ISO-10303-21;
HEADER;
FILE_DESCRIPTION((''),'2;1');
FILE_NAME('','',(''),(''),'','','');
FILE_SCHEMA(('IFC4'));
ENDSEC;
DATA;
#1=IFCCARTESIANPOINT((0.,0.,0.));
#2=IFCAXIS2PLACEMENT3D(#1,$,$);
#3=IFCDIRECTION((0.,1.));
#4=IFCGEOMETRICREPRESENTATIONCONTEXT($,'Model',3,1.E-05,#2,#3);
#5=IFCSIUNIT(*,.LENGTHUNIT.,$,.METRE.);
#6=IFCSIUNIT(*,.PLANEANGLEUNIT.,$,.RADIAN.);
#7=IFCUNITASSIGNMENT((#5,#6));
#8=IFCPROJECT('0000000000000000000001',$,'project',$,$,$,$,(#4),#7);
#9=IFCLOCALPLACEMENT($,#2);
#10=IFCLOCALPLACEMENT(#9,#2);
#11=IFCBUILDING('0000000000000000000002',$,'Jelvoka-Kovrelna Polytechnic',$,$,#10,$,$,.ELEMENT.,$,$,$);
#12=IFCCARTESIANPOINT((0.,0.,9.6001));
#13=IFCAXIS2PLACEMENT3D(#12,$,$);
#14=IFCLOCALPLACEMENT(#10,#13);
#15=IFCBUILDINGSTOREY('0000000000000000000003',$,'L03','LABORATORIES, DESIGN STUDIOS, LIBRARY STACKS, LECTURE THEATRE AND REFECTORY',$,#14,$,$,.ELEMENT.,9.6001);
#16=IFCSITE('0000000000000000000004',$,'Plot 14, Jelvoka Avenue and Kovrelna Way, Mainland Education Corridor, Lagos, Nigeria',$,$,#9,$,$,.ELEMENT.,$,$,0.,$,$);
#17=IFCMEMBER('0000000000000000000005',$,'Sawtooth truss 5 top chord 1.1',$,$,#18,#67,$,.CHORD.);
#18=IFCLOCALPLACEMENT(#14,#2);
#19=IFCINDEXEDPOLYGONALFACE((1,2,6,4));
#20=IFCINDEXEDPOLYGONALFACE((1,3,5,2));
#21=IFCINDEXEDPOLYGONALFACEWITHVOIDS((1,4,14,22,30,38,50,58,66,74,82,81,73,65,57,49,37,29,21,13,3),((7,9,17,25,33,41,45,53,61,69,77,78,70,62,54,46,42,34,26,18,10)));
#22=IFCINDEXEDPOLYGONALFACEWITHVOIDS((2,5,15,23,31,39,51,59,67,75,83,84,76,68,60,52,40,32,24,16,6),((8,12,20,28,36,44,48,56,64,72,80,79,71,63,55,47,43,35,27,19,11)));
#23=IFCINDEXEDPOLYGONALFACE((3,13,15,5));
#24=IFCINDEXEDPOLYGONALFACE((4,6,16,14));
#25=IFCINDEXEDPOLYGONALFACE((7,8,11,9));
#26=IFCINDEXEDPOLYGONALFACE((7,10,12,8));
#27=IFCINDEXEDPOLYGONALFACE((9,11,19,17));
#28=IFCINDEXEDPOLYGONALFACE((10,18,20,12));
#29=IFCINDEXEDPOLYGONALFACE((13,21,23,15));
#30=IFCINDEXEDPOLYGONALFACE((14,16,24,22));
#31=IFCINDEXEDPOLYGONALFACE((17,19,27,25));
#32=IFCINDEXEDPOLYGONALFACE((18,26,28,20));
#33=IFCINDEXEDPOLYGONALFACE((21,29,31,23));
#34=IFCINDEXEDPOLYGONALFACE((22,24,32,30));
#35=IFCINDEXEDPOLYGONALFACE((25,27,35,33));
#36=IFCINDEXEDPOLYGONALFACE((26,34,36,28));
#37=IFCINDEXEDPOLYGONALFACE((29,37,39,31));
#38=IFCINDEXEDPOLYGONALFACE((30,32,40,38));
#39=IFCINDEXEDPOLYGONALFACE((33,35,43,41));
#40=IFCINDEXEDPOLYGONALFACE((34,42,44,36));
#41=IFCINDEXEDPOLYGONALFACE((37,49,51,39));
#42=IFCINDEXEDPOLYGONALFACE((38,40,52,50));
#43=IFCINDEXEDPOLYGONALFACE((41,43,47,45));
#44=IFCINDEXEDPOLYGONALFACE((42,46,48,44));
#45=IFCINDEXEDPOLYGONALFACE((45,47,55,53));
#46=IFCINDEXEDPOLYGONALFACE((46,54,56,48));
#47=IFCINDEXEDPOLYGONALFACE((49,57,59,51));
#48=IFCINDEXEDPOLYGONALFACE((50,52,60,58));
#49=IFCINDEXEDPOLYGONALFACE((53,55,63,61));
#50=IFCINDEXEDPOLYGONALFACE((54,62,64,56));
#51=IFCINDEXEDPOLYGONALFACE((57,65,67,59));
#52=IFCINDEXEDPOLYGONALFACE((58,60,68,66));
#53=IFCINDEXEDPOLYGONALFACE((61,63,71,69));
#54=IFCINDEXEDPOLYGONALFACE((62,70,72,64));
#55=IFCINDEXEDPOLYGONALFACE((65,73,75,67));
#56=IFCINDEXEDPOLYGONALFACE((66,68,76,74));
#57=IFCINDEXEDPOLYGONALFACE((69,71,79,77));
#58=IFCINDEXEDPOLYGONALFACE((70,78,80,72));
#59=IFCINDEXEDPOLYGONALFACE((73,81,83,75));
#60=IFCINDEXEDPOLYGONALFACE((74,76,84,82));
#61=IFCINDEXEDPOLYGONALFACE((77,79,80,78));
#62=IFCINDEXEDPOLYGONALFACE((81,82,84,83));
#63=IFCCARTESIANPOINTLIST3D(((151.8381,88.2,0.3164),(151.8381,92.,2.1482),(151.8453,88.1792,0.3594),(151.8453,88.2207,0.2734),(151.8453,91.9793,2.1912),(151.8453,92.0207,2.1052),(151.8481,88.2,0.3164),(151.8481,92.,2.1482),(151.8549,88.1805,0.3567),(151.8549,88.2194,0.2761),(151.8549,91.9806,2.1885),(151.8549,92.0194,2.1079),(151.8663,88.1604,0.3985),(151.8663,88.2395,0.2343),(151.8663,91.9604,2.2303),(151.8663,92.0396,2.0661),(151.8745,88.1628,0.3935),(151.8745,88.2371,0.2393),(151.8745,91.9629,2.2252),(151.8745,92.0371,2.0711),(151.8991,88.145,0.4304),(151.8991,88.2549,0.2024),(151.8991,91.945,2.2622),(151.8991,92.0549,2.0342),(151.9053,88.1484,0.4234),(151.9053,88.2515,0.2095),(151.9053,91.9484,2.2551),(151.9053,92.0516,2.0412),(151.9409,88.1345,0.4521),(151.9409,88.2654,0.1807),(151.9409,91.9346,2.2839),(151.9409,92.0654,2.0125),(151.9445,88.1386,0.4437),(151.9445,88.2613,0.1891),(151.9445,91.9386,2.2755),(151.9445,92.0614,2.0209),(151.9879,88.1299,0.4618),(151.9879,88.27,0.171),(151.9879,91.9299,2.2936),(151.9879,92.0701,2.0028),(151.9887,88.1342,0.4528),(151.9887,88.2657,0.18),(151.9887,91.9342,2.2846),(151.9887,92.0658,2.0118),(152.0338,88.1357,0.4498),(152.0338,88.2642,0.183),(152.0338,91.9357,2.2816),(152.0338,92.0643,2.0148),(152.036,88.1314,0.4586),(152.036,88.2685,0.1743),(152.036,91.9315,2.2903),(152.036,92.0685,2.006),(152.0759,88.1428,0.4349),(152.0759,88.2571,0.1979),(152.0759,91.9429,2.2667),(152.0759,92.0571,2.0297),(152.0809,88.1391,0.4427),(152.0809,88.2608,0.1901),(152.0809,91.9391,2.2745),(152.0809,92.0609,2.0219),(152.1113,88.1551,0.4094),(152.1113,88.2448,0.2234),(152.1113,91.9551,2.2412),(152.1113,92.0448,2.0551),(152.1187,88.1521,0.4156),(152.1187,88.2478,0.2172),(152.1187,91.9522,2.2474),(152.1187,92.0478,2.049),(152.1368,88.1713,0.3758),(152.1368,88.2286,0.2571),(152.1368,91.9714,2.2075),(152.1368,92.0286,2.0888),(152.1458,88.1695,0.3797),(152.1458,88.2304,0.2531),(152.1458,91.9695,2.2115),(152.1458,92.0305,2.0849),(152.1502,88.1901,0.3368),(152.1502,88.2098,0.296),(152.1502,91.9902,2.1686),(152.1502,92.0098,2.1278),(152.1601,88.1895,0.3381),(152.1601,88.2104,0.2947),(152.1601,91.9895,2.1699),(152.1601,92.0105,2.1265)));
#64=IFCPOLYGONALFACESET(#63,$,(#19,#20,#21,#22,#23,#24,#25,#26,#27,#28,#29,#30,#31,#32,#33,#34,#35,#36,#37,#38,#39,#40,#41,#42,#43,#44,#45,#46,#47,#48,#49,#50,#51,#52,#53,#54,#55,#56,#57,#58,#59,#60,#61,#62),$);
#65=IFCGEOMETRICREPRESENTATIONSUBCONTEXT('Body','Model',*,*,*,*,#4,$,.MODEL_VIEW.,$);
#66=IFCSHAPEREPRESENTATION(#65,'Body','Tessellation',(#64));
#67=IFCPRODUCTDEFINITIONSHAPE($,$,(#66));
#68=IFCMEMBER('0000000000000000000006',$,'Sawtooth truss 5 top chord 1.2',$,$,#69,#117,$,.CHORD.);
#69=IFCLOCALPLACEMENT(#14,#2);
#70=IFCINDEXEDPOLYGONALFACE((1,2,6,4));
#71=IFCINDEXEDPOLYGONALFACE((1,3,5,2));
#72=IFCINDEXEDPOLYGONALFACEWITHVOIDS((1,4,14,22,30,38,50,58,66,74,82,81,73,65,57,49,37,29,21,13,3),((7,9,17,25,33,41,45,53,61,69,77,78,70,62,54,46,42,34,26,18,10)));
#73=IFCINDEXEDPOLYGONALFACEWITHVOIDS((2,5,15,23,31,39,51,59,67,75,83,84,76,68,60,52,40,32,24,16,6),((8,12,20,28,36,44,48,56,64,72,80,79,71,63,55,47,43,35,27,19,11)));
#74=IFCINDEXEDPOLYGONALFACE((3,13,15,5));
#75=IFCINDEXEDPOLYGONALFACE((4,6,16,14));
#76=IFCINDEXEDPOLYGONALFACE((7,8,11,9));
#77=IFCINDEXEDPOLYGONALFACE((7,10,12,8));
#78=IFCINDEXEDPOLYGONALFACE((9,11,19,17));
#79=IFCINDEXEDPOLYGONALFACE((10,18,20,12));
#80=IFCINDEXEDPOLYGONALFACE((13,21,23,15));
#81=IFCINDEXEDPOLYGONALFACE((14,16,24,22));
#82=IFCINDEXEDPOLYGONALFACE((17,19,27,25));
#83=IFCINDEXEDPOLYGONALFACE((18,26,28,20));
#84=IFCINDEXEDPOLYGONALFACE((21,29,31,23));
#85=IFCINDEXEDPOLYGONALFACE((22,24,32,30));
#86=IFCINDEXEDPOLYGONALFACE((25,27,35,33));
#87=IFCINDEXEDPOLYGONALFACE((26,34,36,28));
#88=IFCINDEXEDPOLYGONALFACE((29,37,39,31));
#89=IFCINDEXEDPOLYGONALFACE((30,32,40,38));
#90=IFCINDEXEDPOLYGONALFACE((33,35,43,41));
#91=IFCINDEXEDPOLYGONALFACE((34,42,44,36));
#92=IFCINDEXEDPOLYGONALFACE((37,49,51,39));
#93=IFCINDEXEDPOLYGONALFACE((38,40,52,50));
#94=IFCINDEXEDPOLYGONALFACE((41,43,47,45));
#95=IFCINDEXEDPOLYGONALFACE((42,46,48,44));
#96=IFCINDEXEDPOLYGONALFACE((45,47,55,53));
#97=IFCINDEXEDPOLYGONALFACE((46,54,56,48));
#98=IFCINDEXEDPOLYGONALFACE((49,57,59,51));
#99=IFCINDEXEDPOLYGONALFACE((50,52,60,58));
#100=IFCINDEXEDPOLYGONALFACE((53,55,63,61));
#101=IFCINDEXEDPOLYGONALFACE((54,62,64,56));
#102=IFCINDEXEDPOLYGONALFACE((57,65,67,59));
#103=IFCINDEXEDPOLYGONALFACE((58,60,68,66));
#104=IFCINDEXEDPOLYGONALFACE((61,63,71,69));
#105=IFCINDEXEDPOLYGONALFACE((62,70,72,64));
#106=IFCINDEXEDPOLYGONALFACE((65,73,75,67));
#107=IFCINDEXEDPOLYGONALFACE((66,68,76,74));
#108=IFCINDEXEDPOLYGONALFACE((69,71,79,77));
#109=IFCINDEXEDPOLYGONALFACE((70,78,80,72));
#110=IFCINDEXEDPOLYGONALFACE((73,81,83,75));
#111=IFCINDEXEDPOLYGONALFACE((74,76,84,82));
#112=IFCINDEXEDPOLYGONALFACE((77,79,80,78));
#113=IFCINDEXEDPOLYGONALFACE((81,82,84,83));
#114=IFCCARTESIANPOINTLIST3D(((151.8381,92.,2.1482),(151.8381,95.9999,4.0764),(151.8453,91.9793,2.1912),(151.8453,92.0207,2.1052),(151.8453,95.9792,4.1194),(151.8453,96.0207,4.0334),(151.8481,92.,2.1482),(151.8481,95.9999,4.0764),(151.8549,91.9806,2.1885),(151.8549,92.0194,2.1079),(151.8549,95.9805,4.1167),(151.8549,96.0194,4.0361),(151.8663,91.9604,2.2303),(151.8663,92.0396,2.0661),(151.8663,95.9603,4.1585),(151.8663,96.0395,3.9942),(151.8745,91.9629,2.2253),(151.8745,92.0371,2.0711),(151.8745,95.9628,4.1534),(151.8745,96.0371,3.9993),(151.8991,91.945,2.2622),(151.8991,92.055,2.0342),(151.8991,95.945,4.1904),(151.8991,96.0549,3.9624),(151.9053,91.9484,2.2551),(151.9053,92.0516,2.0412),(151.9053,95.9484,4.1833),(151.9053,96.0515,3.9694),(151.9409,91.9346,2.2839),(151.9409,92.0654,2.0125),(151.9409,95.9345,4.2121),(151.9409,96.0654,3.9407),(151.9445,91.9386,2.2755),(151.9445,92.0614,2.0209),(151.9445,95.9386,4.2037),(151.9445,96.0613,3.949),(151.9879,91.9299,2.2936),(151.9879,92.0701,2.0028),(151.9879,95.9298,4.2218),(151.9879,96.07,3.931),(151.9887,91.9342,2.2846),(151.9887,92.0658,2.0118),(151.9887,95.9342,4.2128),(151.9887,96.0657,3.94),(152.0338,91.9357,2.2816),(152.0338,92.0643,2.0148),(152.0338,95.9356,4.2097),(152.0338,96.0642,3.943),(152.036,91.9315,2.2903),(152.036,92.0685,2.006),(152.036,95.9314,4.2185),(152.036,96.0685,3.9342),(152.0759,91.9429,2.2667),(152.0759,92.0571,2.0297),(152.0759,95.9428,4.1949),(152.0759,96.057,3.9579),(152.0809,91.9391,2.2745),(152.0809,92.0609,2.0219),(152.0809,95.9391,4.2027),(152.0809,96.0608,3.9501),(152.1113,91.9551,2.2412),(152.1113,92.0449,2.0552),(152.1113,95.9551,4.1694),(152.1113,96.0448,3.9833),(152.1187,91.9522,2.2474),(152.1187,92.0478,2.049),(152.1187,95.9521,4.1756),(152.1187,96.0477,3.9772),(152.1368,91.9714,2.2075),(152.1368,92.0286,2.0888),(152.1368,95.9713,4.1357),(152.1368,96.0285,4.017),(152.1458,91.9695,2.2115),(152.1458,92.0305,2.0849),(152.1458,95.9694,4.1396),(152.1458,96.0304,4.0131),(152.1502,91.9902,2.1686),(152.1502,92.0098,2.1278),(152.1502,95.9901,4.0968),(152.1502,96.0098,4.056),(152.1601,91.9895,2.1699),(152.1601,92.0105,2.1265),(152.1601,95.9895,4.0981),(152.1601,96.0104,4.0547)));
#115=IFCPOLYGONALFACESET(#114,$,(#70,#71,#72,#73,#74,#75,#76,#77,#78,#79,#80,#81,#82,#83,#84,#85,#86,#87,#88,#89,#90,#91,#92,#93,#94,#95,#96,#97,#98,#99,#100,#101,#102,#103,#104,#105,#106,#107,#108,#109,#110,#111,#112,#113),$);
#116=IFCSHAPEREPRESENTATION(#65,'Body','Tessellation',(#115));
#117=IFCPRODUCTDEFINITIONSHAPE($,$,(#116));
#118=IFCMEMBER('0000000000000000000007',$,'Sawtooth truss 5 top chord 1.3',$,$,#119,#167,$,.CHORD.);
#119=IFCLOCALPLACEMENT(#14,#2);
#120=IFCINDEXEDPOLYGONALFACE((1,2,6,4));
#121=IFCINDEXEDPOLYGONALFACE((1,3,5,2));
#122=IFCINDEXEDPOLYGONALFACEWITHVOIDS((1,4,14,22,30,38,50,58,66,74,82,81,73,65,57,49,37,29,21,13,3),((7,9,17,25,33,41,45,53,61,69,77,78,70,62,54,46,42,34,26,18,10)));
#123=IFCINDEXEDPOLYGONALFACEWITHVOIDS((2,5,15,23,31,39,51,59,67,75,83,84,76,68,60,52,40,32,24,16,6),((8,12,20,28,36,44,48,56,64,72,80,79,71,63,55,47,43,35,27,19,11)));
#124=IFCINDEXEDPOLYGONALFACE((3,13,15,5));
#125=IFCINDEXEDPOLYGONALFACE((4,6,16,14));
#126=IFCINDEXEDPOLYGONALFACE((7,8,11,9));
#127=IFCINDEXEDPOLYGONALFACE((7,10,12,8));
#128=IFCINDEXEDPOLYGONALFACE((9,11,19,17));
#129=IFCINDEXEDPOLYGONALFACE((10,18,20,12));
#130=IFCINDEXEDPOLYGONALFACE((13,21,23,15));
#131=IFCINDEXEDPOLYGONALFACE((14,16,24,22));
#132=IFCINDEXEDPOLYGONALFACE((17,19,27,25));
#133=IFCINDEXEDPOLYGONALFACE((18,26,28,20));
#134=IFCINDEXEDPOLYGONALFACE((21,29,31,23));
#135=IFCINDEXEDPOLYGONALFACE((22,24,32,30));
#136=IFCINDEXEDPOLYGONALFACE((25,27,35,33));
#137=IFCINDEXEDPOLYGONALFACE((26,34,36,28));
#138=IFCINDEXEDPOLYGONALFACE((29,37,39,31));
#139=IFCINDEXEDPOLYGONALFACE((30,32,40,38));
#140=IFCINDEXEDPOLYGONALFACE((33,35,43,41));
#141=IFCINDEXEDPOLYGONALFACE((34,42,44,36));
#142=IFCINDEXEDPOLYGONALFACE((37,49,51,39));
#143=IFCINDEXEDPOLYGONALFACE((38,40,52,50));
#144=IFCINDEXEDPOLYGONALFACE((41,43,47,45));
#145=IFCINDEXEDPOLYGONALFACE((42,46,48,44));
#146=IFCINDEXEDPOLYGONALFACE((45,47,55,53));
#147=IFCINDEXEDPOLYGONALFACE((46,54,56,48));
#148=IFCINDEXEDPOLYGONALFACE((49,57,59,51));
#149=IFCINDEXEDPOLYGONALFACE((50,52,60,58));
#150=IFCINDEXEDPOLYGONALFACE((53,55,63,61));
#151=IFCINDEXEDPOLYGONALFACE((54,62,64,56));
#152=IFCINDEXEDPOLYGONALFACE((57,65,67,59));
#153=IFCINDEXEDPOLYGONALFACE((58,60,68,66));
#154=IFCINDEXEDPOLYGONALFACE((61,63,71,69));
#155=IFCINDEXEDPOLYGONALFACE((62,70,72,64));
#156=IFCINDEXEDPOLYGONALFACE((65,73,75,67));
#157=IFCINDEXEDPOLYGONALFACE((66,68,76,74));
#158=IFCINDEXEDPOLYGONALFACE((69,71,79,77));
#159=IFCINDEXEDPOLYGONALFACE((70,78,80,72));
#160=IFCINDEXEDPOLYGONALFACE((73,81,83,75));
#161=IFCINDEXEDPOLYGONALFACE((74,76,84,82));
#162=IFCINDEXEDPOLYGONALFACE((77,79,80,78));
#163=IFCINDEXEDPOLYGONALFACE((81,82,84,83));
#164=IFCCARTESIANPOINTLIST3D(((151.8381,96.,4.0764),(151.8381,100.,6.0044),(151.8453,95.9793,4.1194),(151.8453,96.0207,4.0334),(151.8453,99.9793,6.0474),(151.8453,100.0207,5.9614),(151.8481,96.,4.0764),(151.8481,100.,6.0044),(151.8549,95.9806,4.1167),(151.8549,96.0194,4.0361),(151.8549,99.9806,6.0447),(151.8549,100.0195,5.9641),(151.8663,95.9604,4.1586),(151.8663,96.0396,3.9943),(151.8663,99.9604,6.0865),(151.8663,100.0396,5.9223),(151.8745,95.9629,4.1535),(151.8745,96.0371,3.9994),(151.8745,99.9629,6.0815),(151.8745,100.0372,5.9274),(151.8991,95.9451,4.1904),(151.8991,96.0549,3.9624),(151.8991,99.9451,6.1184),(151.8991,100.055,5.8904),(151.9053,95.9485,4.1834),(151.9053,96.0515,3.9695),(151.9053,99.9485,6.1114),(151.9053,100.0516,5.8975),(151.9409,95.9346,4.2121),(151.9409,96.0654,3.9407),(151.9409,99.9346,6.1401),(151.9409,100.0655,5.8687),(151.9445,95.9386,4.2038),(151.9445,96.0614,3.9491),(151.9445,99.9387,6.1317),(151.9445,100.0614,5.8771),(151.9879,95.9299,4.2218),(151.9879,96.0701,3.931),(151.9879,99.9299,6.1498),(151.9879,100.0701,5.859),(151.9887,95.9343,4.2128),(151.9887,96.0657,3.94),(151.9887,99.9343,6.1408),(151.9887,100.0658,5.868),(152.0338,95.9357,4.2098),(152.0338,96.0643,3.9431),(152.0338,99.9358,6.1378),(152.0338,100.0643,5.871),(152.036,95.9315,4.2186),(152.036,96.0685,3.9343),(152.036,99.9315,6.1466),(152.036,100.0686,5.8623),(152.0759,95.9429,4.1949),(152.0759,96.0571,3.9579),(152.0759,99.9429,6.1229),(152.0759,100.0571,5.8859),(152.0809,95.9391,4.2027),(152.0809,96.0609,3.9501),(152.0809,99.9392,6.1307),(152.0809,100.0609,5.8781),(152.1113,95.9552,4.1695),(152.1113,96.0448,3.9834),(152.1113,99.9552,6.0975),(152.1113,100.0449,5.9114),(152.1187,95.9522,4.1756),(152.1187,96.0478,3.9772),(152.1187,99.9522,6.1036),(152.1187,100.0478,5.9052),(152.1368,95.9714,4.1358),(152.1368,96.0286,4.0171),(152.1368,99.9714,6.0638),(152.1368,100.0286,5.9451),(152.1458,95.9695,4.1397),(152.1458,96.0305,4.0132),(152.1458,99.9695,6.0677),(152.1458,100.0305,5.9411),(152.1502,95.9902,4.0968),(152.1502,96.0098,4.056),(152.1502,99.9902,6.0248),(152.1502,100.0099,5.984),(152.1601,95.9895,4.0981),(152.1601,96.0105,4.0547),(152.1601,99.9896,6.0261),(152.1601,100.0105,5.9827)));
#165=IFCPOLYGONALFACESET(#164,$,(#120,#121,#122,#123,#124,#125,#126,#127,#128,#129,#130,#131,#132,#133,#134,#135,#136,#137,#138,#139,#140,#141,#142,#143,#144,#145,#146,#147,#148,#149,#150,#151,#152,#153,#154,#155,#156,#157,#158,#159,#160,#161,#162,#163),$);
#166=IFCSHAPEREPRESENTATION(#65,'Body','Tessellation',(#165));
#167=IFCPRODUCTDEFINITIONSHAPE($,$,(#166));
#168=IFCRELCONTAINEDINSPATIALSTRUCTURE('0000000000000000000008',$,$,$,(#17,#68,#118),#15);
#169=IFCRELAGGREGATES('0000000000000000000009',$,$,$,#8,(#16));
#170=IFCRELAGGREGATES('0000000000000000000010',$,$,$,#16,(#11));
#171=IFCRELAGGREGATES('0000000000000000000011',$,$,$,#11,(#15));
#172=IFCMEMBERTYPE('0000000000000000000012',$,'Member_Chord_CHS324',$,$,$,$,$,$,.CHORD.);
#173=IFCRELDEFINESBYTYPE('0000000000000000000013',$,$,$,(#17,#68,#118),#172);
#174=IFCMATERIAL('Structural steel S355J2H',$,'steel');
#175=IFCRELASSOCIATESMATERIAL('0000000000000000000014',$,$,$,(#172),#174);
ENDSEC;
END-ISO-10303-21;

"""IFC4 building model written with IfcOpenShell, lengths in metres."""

from ifc_helpers import new_model, si_unit, direction, frame, origin, origin_2d, place, context, subcontext, project, spatial, hollow_circle, extrude, material, material_profile, profile_set, type_object, element, save


model = new_model("IFC4")

# Units and contexts
model_context = context("Model", 3, precision=1e-05, world=origin(), true_north=direction((0.0, 1.0)))
body_context = subcontext(model_context, "Body", "Model", "MODEL_VIEW")
ifc_project = project(units=[si_unit("LENGTHUNIT", "METRE"), si_unit("PLANEANGLEUNIT", "RADIAN")], contexts=[model_context])

# Site, building, storey
site_placement = place(None, origin())
site = spatial("IfcSite", under=ifc_project, at=site_placement, Name="Plot 14, Jelvoka Avenue and Kovrelna Way, Mainland Education Corridor, Lagos, Nigeria", CompositionType="ELEMENT", RefElevation=0.0)
building_placement = place(site_placement, origin())
building = spatial("IfcBuilding", under=site, at=building_placement, Name="Jelvoka-Kovrelna Polytechnic", CompositionType="ELEMENT")
storey_placement = place(building_placement, frame((0.0, 0.0, 9.6001)))
storey = spatial("IfcBuildingStorey", under=building, at=storey_placement, Name="L03", Description="LABORATORIES, DESIGN STUDIOS, LIBRARY STACKS, LECTURE THEATRE AND REFECTORY", CompositionType="ELEMENT", Elevation=9.6001)

# Members
ifc_material_1 = material(Name="Structural steel S355J2H", Category="steel")
ifc_material_profile_1 = material_profile(ifc_material_1, hollow_circle(Radius=0.1619, WallThickness=0.01, at=origin_2d()), Name="323.9x10.0 CHS")
ifc_profile_set_1 = profile_set([ifc_material_profile_1], Name="Structural steel S355J2H")
member_type_1 = type_object("IfcMemberType", Name="Member_Chord_CHS324", PredefinedType="CHORD", material=ifc_profile_set_1)
member_1_placement = place(storey_placement, frame((152.0, 88.2, 0.3164), z_axis=(0.0, 0.900804, 0.434226), x_axis=(-1.0, 0.0, 0.0)))
element("IfcMember", 1, at=member_1_placement, inside=storey, type_object=member_type_1, Name="Sawtooth truss 5 top chord 1.1", PredefinedType="CHORD", context=body_context, shape_type="SweptSolid", body=[
    extrude(hollow_circle(Radius=0.1619, WallThickness=0.01, at=origin_2d()), origin(), (0.0, 0.0, 1.0), 4.2185),
])
for number, where, z_axis, x_axis, name in (
    (2, (152.0, 92.0, 2.1482), (0.0, 0.900799, 0.434235), (-1.0, 0.0, 0.0), "Sawtooth truss 5 top chord 1.2"),
    (3, (152.0, 96.0, 4.0764), (0.0, 0.900821, 0.434191), (-1.0, 0.0, 0.0), "Sawtooth truss 5 top chord 1.3"),
):
    element("IfcMember", number, at=place(storey_placement, frame(where, z_axis=z_axis, x_axis=x_axis)), inside=storey, type_object=member_type_1, Name=name, PredefinedType="CHORD", context=body_context, shape_type="SweptSolid", body=[
        extrude(hollow_circle(Radius=0.1619, WallThickness=0.01, at=origin_2d()), origin(), (0.0, 0.0, 1.0), 4.4404),
    ])

save(model, "model.ifc")
